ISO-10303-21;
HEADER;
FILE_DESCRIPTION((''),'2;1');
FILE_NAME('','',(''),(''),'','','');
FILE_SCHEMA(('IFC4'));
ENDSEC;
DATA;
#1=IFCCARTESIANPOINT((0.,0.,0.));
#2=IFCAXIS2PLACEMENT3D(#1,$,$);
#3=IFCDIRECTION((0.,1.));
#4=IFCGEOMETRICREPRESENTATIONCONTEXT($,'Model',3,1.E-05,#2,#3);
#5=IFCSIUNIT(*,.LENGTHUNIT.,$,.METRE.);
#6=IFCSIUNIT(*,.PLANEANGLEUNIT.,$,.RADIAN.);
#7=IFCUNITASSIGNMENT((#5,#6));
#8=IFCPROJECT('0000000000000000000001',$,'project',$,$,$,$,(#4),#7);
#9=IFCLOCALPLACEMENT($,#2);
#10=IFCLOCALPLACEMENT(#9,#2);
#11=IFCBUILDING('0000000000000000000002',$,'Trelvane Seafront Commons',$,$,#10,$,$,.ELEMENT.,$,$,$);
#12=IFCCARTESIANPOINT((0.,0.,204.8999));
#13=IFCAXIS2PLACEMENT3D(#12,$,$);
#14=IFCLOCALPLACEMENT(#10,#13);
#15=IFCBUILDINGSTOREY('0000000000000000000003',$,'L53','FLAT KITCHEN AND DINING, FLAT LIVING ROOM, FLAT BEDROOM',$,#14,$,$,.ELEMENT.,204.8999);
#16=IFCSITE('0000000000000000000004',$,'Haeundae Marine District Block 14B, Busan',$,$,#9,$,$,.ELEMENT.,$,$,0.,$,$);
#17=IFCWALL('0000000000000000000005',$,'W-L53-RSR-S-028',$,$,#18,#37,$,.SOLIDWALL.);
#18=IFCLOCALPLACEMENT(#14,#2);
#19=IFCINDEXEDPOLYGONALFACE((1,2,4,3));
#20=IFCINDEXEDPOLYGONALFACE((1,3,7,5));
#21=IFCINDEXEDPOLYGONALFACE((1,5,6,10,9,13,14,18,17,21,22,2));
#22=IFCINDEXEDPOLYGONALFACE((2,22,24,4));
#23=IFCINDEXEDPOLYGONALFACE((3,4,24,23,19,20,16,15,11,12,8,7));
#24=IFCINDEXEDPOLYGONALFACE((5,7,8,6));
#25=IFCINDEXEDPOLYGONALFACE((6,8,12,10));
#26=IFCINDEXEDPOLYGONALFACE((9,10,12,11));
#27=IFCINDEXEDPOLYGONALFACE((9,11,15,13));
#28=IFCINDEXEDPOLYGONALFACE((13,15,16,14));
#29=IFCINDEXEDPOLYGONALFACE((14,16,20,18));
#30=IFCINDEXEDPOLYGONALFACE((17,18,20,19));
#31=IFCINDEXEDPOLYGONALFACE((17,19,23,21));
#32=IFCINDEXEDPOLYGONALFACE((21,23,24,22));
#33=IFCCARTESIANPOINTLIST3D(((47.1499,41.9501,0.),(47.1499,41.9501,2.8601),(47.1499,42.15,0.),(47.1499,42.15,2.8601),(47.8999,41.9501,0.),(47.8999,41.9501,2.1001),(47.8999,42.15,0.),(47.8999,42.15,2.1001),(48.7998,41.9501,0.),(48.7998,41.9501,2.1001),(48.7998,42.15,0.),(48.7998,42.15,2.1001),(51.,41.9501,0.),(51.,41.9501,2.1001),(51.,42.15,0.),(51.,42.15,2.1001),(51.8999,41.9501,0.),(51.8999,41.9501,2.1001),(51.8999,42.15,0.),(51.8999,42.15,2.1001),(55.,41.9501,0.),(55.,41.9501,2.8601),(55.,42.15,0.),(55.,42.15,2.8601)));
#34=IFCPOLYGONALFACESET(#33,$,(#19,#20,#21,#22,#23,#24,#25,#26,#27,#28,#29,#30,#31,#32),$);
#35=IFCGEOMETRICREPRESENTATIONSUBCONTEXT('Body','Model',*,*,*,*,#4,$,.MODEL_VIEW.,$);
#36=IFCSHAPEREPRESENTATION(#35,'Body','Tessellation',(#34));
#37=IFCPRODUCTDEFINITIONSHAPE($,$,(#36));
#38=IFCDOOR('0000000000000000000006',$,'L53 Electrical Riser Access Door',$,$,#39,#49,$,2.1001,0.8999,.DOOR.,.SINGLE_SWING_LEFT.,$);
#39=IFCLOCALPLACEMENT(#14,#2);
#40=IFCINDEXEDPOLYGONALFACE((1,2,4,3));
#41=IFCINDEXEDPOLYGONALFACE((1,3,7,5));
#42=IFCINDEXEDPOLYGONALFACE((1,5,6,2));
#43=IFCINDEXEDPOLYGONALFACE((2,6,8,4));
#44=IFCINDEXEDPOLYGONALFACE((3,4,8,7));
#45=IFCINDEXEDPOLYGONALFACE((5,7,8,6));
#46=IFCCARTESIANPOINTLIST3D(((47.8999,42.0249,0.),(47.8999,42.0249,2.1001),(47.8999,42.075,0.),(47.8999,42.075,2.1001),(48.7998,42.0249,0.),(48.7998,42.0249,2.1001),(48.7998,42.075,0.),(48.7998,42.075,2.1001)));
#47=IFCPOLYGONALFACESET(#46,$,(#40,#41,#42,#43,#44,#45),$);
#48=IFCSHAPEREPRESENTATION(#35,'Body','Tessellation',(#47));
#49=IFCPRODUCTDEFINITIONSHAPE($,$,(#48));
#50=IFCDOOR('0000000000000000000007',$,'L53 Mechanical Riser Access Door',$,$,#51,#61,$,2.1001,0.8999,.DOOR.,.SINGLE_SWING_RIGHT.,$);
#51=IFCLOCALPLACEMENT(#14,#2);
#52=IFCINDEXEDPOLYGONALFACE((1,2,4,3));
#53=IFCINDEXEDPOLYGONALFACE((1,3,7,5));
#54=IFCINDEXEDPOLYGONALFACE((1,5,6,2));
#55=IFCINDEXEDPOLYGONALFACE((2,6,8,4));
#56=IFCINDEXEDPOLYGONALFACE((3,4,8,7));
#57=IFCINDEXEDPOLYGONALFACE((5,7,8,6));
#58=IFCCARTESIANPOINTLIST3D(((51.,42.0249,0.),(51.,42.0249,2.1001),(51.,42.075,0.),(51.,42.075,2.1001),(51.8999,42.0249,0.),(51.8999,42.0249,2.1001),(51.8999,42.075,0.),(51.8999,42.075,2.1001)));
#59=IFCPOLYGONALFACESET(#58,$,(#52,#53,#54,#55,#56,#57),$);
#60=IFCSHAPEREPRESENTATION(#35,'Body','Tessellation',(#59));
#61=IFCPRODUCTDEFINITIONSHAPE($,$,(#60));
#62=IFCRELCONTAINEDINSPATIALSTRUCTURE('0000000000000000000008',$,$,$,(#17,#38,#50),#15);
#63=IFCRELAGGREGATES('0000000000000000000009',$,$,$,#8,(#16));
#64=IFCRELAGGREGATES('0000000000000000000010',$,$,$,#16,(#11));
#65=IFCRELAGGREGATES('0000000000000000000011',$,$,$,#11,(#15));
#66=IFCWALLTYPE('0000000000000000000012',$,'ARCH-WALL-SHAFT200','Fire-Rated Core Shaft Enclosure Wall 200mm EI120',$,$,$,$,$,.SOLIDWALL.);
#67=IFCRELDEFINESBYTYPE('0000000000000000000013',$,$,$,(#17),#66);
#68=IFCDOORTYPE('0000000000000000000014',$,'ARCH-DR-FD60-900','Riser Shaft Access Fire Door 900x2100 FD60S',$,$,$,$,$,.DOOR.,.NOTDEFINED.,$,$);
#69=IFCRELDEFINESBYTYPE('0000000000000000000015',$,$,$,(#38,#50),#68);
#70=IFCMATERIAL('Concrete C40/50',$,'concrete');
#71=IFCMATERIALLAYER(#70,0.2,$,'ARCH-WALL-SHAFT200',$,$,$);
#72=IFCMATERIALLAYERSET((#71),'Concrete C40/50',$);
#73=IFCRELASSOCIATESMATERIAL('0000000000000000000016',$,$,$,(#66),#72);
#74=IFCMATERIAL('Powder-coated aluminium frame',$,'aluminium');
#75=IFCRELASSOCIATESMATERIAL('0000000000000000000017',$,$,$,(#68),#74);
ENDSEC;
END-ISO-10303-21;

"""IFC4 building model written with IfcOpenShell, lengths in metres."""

from ifc_helpers import new_model, si_unit, direction, frame, frame_2d, origin, place, context, subcontext, project, spatial, rectangle, extrude, source, transform, mapped, material, layer, layer_set, type_object, element, fill, save


model = new_model("IFC4")

# Units and contexts
model_context = context("Model", 3, precision=1e-05, world=origin(), true_north=direction((0.0, 1.0)))
body_context = subcontext(model_context, "Body", "Model", "MODEL_VIEW")
ifc_project = project(units=[si_unit("LENGTHUNIT", "METRE"), si_unit("PLANEANGLEUNIT", "RADIAN")], contexts=[model_context])

# Site, building, storey
site_placement = place(None, origin())
site = spatial("IfcSite", under=ifc_project, at=site_placement, Name="Haeundae Marine District Block 14B, Busan", CompositionType="ELEMENT", RefElevation=0.0)
building_placement = place(site_placement, origin())
building = spatial("IfcBuilding", under=site, at=building_placement, Name="Trelvane Seafront Commons", CompositionType="ELEMENT")
storey_placement = place(building_placement, frame((0.0, 0.0, 204.8999)))
storey = spatial("IfcBuildingStorey", under=building, at=storey_placement, Name="L53", Description="FLAT KITCHEN AND DINING, FLAT LIVING ROOM, FLAT BEDROOM", CompositionType="ELEMENT", Elevation=204.8999)

# Wall, openings, doors
ifc_material_1 = material(Name="Concrete C40/50", Category="concrete")
ifc_layer_1 = layer(ifc_material_1, 0.2, Name="ARCH-WALL-SHAFT200")
ifc_layer_set_1 = layer_set([ifc_layer_1], Name="Concrete C40/50")
wall_type_1 = type_object("IfcWallType", Name="ARCH-WALL-SHAFT200", Description="Fire-Rated Core Shaft Enclosure Wall 200mm EI120", PredefinedType="SOLIDWALL", material=ifc_layer_set_1)
wall_1_placement = place(storey_placement, frame((47.1499, 42.05, 0.0), z_axis=(0.0, 0.0, 1.0), x_axis=(1.0, 0.0, 0.0)))
wall_1 = element("IfcWall", 1, at=wall_1_placement, inside=storey, type_object=wall_type_1, Name="W-L53-RSR-S-028", PredefinedType="SOLIDWALL", context=body_context, shape_type="SweptSolid", body=[
    extrude(rectangle(XDim=7.8501, YDim=0.2, at=frame_2d((3.925, 0.0))), origin(), (0.0, 0.0, 1.0), 2.8601),
])
opening_1_placement = place(wall_1_placement, frame((0.75, 0.0, 0.0)))
opening_1 = element("IfcOpeningElement", 2, at=opening_1_placement, cuts=wall_1, PredefinedType="OPENING", context=body_context, shape_type="SweptSolid", body=[
    extrude(rectangle(XDim=0.8999, YDim=2.1001, at=frame_2d((0.45, 1.05))), frame((0.0, 0.1099, 0.0), z_axis=(0.0, -1.0, 0.0), x_axis=(1.0, 0.0, 0.0)), (0.0, 0.0, 1.0), 0.22),
])
opening_2_placement = place(wall_1_placement, frame((3.8501, 0.0, 0.0)))
opening_2 = element("IfcOpeningElement", 3, at=opening_2_placement, cuts=wall_1, PredefinedType="OPENING", context=body_context, shape_type="SweptSolid", body=[
    extrude(rectangle(XDim=0.8999, YDim=2.1001, at=frame_2d((0.45, 1.05))), frame((0.0, 0.1099, 0.0), z_axis=(0.0, -1.0, 0.0), x_axis=(1.0, 0.0, 0.0)), (0.0, 0.0, 1.0), 0.22),
])
ifc_material_2 = material(Name="Powder-coated aluminium frame", Category="aluminium")
door_type_1 = type_object("IfcDoorType", Name="ARCH-DR-FD60-900", Description="Riser Shaft Access Fire Door 900x2100 FD60S", OperationType="NOTDEFINED", PredefinedType="DOOR", material=ifc_material_2)
shared_shape_1 = source(origin(), body_context, "Body", "SweptSolid", [
    extrude(rectangle(XDim=0.8999, YDim=2.1001, at=frame_2d((0.45, 1.05))), frame((0.0, 0.0249, 0.0), z_axis=(0.0, -1.0, 0.0), x_axis=(1.0, 0.0, 0.0)), (0.0, 0.0, 1.0), 0.05),
])
door_1_placement = place(opening_1_placement, origin())
door_1 = element("IfcDoor", 4, at=door_1_placement, inside=storey, type_object=door_type_1, Name="L53 Electrical Riser Access Door", OperationType="SINGLE_SWING_LEFT", OverallHeight=2.1001, OverallWidth=0.8999, PredefinedType="DOOR", context=body_context, shape_type="MappedRepresentation", body=[
    mapped(shared_shape_1, transform((0.0, 0.0, 0.0), x_axis=(1.0, 0.0, 0.0), y_axis=(0.0, 1.0, 0.0), z_axis=(0.0, 0.0, 1.0), scale=1.0)),
])
fill(opening_1, door_1)
door_2_placement = place(opening_2_placement, origin())
door_2 = element("IfcDoor", 5, at=door_2_placement, inside=storey, type_object=door_type_1, Name="L53 Mechanical Riser Access Door", OperationType="SINGLE_SWING_RIGHT", OverallHeight=2.1001, OverallWidth=0.8999, PredefinedType="DOOR", context=body_context, shape_type="MappedRepresentation", body=[
    mapped(shared_shape_1, transform((0.0, 0.0, 0.0), x_axis=(1.0, 0.0, 0.0), y_axis=(0.0, 1.0, 0.0), z_axis=(0.0, 0.0, 1.0), scale=1.0)),
])
fill(opening_2, door_2)

save(model, "model.ifc")
